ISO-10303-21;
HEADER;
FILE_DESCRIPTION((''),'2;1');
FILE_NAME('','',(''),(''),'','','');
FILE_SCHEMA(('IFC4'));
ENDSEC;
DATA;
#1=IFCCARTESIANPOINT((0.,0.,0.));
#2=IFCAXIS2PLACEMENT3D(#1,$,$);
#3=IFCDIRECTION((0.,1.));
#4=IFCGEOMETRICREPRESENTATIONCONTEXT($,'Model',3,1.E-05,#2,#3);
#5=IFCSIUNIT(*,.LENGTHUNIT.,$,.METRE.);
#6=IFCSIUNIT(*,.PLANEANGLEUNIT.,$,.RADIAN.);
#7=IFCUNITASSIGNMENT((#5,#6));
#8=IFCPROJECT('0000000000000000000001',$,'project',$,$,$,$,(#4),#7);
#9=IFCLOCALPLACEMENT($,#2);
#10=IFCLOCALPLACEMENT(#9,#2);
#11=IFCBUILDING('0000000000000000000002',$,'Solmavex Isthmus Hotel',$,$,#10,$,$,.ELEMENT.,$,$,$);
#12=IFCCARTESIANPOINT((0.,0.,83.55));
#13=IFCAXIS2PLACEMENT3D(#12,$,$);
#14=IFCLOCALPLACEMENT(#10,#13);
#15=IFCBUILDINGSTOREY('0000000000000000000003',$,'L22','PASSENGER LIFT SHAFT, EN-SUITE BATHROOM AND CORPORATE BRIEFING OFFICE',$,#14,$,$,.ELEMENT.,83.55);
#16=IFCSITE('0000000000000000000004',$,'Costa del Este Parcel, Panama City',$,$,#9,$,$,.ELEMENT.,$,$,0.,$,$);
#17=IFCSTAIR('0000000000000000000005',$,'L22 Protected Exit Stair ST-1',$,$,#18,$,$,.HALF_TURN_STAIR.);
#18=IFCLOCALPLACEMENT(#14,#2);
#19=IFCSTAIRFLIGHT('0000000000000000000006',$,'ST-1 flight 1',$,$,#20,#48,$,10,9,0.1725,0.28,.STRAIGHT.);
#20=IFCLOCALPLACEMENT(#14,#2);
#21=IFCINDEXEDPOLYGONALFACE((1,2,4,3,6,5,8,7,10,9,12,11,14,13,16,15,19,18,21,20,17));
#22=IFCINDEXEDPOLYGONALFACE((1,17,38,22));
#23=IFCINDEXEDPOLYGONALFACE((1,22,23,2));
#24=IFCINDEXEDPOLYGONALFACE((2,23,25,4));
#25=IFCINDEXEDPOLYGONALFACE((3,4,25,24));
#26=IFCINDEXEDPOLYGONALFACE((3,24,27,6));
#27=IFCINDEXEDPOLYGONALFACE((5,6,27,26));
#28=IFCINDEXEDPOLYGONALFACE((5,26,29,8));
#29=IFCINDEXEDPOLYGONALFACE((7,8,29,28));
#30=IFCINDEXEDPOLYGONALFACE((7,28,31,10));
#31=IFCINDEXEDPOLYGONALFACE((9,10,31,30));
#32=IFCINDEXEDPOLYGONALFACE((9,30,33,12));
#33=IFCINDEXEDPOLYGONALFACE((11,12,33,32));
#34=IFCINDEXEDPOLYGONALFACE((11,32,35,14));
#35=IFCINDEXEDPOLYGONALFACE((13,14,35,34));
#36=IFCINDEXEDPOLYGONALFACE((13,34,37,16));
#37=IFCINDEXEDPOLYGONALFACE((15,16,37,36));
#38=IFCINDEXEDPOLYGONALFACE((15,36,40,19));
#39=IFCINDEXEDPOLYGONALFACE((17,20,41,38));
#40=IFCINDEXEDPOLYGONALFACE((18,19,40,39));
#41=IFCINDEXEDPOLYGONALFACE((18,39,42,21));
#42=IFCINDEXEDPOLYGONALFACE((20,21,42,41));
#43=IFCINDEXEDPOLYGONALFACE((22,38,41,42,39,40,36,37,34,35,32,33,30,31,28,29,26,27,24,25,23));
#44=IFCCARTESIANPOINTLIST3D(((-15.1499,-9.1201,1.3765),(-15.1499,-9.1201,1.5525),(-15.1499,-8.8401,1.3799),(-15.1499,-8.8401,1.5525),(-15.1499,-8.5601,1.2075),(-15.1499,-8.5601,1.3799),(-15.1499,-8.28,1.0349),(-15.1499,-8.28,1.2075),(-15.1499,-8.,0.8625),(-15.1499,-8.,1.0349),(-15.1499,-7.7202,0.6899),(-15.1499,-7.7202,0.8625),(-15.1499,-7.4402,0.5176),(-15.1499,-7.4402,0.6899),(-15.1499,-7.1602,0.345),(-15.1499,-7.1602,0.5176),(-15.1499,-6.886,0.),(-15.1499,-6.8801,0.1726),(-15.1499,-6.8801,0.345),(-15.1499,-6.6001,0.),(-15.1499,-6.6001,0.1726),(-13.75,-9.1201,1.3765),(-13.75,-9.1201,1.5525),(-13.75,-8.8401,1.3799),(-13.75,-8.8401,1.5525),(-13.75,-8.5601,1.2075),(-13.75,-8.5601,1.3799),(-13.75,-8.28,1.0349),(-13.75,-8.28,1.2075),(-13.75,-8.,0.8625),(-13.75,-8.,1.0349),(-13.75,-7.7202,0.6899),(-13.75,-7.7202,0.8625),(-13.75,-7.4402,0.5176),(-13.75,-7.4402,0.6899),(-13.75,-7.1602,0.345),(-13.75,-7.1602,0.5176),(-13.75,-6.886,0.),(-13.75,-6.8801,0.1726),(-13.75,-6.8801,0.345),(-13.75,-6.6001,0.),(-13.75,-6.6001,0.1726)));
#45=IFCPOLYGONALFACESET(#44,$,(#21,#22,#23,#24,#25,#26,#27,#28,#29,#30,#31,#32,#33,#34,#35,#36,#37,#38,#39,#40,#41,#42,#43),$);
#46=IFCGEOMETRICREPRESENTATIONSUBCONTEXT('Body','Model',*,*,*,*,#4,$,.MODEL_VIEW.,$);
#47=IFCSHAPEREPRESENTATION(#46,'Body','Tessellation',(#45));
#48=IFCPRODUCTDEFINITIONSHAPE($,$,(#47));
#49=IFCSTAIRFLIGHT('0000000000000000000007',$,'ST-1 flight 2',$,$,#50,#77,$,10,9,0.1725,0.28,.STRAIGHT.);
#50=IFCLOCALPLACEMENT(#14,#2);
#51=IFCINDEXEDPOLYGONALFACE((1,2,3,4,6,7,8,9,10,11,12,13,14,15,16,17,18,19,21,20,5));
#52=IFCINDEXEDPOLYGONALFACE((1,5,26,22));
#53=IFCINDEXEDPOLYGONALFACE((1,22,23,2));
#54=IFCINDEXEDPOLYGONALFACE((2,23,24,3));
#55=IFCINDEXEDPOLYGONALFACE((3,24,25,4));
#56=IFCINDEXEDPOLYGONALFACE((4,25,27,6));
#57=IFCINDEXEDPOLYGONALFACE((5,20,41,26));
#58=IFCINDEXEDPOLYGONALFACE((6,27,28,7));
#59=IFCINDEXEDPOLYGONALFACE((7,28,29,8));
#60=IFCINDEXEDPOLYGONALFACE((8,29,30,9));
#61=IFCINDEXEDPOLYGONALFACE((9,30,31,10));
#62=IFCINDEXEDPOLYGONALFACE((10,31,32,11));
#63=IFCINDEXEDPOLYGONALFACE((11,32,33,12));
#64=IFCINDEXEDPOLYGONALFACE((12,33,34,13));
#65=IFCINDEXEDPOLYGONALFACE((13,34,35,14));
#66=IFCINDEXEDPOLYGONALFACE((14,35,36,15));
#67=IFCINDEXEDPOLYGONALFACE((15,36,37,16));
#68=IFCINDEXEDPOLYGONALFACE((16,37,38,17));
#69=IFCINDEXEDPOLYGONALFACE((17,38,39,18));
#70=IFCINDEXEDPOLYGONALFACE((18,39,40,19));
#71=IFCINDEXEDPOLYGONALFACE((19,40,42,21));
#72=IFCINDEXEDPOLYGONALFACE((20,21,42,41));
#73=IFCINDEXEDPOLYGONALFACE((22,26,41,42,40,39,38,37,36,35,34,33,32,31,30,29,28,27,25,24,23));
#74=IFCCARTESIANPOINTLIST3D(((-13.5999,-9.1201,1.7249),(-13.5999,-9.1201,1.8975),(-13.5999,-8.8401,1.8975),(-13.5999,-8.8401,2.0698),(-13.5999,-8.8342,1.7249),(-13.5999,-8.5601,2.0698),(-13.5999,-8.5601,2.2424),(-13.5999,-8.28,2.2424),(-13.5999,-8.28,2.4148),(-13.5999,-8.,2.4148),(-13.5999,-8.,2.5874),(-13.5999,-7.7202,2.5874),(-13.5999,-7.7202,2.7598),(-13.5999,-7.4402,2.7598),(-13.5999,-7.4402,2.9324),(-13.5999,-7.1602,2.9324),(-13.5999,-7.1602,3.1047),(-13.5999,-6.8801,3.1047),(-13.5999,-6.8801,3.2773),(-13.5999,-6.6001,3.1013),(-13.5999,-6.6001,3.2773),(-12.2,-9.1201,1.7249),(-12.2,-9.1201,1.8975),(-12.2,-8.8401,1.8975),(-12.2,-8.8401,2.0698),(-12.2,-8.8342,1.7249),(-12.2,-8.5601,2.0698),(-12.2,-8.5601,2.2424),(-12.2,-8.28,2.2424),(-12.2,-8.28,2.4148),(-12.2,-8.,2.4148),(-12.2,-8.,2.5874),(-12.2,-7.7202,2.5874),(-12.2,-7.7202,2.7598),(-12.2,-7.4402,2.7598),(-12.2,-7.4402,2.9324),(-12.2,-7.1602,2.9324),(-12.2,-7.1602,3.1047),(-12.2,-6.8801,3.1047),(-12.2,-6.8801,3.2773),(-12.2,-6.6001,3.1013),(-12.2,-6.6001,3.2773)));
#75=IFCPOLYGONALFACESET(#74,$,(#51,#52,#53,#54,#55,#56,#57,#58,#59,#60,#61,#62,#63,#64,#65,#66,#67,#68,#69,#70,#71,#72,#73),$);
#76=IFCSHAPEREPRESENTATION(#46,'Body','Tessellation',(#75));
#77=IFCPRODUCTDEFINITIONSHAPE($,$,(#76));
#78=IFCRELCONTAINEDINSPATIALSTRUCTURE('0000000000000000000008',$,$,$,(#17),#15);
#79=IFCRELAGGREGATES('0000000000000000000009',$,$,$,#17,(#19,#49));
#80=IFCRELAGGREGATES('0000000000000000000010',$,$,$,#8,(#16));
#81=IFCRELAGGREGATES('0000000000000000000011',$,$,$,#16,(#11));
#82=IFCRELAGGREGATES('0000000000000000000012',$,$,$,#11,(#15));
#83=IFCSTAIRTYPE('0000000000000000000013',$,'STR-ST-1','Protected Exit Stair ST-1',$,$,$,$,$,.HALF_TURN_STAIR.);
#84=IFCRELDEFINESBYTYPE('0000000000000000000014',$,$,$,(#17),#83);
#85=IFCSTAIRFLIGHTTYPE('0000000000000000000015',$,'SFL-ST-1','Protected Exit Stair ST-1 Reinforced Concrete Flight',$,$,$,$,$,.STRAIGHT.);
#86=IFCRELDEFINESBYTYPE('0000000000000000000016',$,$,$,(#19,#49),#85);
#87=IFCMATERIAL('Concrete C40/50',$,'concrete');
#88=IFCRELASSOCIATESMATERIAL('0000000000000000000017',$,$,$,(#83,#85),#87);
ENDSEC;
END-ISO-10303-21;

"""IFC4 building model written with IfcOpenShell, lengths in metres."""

from ifc_helpers import new_model, si_unit, direction, frame, origin, place, context, subcontext, project, spatial, polyline, outline, extrude, material, type_object, element, aggregate, save


model = new_model("IFC4")

# Units and contexts
model_context = context("Model", 3, precision=1e-05, world=origin(), true_north=direction((0.0, 1.0)))
body_context = subcontext(model_context, "Body", "Model", "MODEL_VIEW")
ifc_project = project(units=[si_unit("LENGTHUNIT", "METRE"), si_unit("PLANEANGLEUNIT", "RADIAN")], contexts=[model_context])

# Site, building, storey
site_placement = place(None, origin())
site = spatial("IfcSite", under=ifc_project, at=site_placement, Name="Costa del Este Parcel, Panama City", CompositionType="ELEMENT", RefElevation=0.0)
building_placement = place(site_placement, origin())
building = spatial("IfcBuilding", under=site, at=building_placement, Name="Solmavex Isthmus Hotel", CompositionType="ELEMENT")
storey_placement = place(building_placement, frame((0.0, 0.0, 83.55)))
storey = spatial("IfcBuildingStorey", under=building, at=storey_placement, Name="L22", Description="PASSENGER LIFT SHAFT, EN-SUITE BATHROOM AND CORPORATE BRIEFING OFFICE", CompositionType="ELEMENT", Elevation=83.55)

# Shared definitions
ifc_material_1 = material(Name="Concrete C40/50", Category="concrete")

# Stair, stair flights
stair_type = type_object("IfcStairType", Name="STR-ST-1", Description="Protected Exit Stair ST-1", PredefinedType="HALF_TURN_STAIR", material=ifc_material_1)
stair_placement = place(storey_placement, origin())
stair = element("IfcStair", 1, at=stair_placement, inside=storey, type_object=stair_type, Name="L22 Protected Exit Stair ST-1", PredefinedType="HALF_TURN_STAIR")
stair_flight_type = type_object("IfcStairFlightType", Name="SFL-ST-1", Description="Protected Exit Stair ST-1 Reinforced Concrete Flight", PredefinedType="STRAIGHT", material=ifc_material_1)
stair_flight_1_placement = place(storey_placement, frame((-14.45, -6.6001, 0.0), z_axis=(0.0, 0.0, 1.0), x_axis=(0.0, -1.0, 0.0)))
stair_flight_1 = element("IfcStairFlight", 2, at=stair_flight_1_placement, type_object=stair_flight_type, Name="ST-1 flight 1", NumberOfRisers=10, NumberOfTreads=9, PredefinedType="STRAIGHT", RiserHeight=0.1725, TreadLength=0.28, context=body_context, shape_type="SweptSolid", body=[
    extrude(outline(polyline([(0.0, 0.0), (0.0, 0.1726), (0.28, 0.1726), (0.28, 0.345), (0.5601, 0.345), (0.5601, 0.5176), (0.8401, 0.5176), (0.8401, 0.6899), (1.1201, 0.6899), (1.1201, 0.8625), (1.3999, 0.8625), (1.3999, 1.0349), (1.6799, 1.0349), (1.6799, 1.2075), (1.96, 1.2075), (1.96, 1.3799), (2.24, 1.3799), (2.24, 1.5525), (2.52, 1.5525), (2.52, 1.7251), (2.52, 1.3765), (0.2859, 0.0), (0.0, 0.0)])), frame((0.0, 0.7, 0.0), z_axis=(0.0, -1.0, 0.0), x_axis=(1.0, 0.0, 0.0)), (0.0, 0.0, 1.0), 1.3999),
])
stair_flight_2_placement = place(storey_placement, frame((-12.8999, -9.1201, 1.7249), z_axis=(0.0, 0.0, 1.0), x_axis=(0.0, 1.0, 0.0)))
stair_flight_2 = element("IfcStairFlight", 3, at=stair_flight_2_placement, type_object=stair_flight_type, Name="ST-1 flight 2", NumberOfRisers=10, NumberOfTreads=9, PredefinedType="STRAIGHT", RiserHeight=0.1725, TreadLength=0.28, context=body_context, shape_type="SweptSolid", body=[
    extrude(outline(polyline([(0.0, 0.0), (0.0, 0.1726), (0.28, 0.1726), (0.28, 0.345), (0.5601, 0.345), (0.5601, 0.5176), (0.8401, 0.5176), (0.8401, 0.6899), (1.1201, 0.6899), (1.1201, 0.8625), (1.3999, 0.8625), (1.3999, 1.0349), (1.6799, 1.0349), (1.6799, 1.2075), (1.96, 1.2075), (1.96, 1.3799), (2.24, 1.3799), (2.24, 1.5525), (2.52, 1.5525), (2.52, 1.7251), (2.52, 1.3765), (0.2859, 0.0), (0.0, 0.0)])), frame((0.0, 0.7, 0.0), z_axis=(0.0, -1.0, 0.0), x_axis=(1.0, 0.0, 0.0)), (0.0, 0.0, 1.0), 1.3999),
])
aggregate(stair, [stair_flight_1, stair_flight_2])

save(model, "model.ifc")
